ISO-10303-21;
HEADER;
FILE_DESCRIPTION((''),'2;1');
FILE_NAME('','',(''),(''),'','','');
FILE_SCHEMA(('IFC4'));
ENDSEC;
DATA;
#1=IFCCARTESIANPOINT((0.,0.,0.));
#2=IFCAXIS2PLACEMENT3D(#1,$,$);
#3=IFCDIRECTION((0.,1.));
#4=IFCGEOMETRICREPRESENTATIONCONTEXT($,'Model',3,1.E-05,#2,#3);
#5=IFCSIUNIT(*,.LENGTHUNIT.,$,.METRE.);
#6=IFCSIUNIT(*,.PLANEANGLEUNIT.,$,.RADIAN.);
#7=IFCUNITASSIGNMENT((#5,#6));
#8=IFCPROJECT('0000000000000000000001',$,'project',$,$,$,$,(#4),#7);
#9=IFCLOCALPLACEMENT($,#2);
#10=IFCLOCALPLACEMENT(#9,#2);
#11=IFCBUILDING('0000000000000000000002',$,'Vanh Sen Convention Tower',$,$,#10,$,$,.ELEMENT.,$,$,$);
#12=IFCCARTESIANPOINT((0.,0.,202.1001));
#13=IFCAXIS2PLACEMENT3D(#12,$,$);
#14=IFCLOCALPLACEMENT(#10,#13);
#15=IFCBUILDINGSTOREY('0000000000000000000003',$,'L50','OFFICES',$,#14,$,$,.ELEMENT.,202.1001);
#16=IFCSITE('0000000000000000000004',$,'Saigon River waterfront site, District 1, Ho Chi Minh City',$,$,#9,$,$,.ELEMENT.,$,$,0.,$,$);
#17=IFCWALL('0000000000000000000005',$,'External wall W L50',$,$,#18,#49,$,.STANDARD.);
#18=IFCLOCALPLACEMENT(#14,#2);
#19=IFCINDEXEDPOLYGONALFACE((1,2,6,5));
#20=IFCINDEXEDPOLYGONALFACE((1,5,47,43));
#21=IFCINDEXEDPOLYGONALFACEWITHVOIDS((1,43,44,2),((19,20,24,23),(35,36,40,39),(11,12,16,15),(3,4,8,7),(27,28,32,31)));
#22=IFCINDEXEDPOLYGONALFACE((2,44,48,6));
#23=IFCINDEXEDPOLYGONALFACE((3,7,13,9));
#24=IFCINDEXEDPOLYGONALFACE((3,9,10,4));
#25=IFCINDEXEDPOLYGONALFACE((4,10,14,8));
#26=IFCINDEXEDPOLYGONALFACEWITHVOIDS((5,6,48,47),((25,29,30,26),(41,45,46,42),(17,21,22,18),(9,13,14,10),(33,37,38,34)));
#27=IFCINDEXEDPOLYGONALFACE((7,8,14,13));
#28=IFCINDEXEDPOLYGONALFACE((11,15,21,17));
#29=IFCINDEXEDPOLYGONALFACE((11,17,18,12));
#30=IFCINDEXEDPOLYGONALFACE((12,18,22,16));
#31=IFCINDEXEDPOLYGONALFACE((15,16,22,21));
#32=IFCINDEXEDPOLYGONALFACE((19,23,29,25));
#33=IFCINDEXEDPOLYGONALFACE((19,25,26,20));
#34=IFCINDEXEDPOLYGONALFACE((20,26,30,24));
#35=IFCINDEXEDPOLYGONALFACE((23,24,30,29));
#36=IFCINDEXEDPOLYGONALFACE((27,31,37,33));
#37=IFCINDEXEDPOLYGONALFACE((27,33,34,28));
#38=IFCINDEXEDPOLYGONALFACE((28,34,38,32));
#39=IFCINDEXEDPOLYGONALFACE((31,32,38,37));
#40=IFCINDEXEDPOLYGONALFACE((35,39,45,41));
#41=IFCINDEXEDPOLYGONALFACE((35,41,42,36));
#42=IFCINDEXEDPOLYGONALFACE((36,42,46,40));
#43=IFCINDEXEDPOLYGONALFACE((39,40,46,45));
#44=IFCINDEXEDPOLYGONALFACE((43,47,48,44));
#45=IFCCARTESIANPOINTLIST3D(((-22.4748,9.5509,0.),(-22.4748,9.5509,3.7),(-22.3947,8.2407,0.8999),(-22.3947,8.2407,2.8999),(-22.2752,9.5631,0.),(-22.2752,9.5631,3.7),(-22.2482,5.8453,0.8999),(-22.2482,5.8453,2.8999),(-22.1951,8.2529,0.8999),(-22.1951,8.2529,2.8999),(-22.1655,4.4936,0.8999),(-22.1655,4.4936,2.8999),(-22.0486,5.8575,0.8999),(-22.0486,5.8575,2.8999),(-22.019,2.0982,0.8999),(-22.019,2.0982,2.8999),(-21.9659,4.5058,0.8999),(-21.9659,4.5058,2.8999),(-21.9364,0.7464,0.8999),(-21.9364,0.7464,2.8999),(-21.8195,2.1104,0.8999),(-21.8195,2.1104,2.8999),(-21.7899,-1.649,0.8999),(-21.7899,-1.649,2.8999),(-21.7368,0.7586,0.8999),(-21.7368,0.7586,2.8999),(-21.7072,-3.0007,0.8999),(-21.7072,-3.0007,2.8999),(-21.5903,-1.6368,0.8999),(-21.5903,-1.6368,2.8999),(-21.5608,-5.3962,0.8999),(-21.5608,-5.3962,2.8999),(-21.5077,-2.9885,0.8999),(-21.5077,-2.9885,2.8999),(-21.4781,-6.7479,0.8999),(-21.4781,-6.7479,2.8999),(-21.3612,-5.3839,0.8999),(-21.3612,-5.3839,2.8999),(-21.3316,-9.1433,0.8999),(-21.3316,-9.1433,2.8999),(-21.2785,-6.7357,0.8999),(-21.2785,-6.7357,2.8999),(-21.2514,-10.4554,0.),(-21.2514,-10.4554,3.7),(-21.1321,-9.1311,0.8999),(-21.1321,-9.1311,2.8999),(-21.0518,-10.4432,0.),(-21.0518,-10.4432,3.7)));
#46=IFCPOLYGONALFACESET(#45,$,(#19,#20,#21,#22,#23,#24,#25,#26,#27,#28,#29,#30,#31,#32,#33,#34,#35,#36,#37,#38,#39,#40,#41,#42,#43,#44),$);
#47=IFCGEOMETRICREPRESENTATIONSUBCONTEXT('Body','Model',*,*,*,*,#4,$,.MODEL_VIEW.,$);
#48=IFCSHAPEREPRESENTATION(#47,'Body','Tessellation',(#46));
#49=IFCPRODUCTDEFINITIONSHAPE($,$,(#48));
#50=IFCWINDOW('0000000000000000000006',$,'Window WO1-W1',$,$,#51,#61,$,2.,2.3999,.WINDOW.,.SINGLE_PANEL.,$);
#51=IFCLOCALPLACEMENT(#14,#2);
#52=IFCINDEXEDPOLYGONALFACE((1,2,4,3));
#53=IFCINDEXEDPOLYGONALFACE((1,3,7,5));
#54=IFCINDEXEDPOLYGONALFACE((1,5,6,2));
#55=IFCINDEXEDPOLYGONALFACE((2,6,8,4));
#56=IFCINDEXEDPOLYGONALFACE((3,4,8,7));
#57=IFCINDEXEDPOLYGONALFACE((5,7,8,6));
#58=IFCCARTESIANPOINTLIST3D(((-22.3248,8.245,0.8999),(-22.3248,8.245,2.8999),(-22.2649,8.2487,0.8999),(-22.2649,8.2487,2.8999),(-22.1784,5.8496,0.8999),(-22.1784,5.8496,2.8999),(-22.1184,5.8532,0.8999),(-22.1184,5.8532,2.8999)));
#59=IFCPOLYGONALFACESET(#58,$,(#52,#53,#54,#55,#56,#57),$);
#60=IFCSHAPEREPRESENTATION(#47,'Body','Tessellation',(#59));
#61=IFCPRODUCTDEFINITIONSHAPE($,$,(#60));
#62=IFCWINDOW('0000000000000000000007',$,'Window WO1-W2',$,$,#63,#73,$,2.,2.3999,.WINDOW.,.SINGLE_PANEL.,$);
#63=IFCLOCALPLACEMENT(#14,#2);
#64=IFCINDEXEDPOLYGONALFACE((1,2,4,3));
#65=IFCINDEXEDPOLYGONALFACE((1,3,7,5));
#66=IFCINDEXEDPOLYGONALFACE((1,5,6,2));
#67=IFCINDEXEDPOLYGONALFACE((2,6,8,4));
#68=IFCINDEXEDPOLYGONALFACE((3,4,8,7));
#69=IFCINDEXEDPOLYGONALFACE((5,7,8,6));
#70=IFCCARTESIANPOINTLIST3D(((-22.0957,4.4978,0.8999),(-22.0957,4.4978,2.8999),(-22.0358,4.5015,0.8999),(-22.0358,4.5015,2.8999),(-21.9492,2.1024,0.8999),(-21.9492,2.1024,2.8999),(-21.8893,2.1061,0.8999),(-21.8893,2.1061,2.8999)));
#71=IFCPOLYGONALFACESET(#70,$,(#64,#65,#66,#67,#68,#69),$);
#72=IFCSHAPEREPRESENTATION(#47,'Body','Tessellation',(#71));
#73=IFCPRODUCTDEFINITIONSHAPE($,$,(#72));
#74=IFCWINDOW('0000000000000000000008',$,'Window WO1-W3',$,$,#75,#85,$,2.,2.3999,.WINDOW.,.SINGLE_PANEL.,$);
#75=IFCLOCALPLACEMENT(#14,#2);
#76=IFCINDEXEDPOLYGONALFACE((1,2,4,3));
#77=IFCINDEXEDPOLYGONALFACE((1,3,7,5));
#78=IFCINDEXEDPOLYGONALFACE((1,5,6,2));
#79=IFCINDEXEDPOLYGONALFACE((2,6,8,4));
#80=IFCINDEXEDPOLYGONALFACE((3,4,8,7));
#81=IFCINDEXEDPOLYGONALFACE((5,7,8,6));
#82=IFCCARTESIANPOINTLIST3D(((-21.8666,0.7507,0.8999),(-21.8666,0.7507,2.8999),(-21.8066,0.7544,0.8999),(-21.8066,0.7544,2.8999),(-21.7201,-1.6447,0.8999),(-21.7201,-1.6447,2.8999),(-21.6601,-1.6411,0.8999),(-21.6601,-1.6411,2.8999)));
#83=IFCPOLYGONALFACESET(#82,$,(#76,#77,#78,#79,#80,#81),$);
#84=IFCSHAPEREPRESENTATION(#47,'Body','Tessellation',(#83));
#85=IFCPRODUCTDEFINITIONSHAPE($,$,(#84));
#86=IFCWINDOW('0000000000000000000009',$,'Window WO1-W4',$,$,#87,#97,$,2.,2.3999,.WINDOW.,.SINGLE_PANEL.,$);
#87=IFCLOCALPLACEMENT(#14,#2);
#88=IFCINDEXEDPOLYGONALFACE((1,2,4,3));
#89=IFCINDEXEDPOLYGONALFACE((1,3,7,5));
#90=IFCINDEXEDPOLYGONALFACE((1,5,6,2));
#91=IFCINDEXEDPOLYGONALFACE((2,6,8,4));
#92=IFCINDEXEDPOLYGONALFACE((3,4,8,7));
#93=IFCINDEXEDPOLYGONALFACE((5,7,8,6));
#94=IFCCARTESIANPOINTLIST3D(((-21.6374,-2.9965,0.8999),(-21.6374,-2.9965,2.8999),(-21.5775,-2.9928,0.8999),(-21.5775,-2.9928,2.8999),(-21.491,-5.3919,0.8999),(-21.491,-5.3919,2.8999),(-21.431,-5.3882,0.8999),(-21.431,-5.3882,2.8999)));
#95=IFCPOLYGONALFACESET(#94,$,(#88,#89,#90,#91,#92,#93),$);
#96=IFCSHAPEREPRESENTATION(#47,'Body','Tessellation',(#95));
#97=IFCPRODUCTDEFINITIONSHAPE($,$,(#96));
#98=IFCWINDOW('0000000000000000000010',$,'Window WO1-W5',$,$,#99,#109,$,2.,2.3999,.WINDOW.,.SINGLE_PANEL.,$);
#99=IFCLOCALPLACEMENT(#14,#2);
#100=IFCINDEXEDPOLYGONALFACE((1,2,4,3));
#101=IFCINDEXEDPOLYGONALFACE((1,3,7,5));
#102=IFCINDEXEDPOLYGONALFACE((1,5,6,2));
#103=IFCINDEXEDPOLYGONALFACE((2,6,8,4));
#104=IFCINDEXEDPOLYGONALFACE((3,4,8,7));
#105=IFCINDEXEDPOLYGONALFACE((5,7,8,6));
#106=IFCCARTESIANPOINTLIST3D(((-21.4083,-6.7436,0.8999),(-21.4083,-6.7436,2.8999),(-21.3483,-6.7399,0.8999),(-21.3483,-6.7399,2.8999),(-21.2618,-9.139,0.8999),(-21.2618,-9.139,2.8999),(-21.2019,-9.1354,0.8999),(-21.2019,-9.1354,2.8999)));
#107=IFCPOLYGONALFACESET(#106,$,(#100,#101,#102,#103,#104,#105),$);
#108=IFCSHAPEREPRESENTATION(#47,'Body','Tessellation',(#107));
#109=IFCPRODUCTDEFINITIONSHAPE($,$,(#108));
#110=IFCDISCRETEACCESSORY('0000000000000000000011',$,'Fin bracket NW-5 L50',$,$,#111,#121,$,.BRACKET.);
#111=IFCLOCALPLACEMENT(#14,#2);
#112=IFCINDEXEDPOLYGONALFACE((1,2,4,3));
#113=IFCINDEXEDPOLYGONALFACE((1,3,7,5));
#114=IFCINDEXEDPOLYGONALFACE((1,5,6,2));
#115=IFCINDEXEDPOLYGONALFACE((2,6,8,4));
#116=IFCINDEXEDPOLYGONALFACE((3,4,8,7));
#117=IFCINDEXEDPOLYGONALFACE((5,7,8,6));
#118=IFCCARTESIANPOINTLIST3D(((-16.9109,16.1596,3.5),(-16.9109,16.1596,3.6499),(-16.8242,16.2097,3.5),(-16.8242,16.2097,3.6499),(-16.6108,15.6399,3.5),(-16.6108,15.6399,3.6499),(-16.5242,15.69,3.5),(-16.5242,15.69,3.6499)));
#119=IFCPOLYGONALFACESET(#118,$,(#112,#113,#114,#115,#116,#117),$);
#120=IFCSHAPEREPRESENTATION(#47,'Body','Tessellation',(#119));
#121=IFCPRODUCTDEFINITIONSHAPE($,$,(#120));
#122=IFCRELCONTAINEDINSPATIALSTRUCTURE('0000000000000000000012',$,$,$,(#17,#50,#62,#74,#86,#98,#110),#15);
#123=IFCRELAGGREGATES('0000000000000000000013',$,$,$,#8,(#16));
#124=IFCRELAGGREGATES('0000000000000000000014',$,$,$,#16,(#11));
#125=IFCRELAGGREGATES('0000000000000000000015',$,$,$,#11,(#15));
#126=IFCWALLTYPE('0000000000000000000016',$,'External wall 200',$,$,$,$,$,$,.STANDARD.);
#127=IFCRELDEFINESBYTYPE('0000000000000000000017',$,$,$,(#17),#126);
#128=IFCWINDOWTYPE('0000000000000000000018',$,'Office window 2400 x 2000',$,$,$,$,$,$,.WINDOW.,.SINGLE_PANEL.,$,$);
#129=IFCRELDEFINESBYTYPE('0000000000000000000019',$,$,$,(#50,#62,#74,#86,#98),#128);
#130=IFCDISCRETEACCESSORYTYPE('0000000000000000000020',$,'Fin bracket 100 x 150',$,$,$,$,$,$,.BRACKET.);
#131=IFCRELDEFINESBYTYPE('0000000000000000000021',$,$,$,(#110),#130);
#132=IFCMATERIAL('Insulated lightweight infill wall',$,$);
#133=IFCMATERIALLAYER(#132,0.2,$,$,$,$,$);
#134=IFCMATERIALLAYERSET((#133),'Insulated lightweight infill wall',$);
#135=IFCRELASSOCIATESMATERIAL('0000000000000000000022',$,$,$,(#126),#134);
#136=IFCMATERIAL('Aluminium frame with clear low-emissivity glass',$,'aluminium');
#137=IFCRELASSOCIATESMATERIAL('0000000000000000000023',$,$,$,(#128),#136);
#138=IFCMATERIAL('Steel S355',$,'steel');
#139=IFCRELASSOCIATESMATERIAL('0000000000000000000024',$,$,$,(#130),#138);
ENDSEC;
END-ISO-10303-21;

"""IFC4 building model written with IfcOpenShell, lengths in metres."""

from ifc_helpers import new_model, si_unit, direction, frame, frame_2d, origin, origin_2d, place, context, subcontext, project, spatial, rectangle, extrude, material, layer, layer_set, type_object, element, fill, save


model = new_model("IFC4")

# Units and contexts
model_context = context("Model", 3, precision=1e-05, world=origin(), true_north=direction((0.0, 1.0)))
body_context = subcontext(model_context, "Body", "Model", "MODEL_VIEW")
ifc_project = project(units=[si_unit("LENGTHUNIT", "METRE"), si_unit("PLANEANGLEUNIT", "RADIAN")], contexts=[model_context])

# Site, building, storey
site_placement = place(None, origin())
site = spatial("IfcSite", under=ifc_project, at=site_placement, Name="Saigon River waterfront site, District 1, Ho Chi Minh City", CompositionType="ELEMENT", RefElevation=0.0)
building_placement = place(site_placement, origin())
building = spatial("IfcBuilding", under=site, at=building_placement, Name="Vanh Sen Convention Tower", CompositionType="ELEMENT")
storey_placement = place(building_placement, frame((0.0, 0.0, 202.1001)))
storey = spatial("IfcBuildingStorey", under=building, at=storey_placement, Name="L50", Description="OFFICES", CompositionType="ELEMENT", Elevation=202.1001)

# Shared definitions
ifc_material_1 = material(Name="Insulated lightweight infill wall")
ifc_layer_1 = layer(ifc_material_1, 0.2)
ifc_layer_set_1 = layer_set([ifc_layer_1], Name="Insulated lightweight infill wall")
wall_type_1 = type_object("IfcWallType", Name="External wall 200", PredefinedType="STANDARD", material=ifc_layer_set_1)
ifc_material_2 = material(Name="Aluminium frame with clear low-emissivity glass", Category="aluminium")

# Wall, openings, windows
wall_1_placement = place(storey_placement, frame((-22.375, 9.5571, 0.0), z_axis=(0.0, 0.0, 1.0), x_axis=(0.061036, -0.998136, 0.0)))
wall_1 = element("IfcWall", 1, at=wall_1_placement, inside=storey, type_object=wall_type_1, Name="External wall W L50", PredefinedType="STANDARD", context=body_context, shape_type="SweptSolid", body=[
    extrude(rectangle(XDim=20.0437, YDim=0.2, at=frame_2d((10.022, 0.0))), origin(), (0.0, 0.0, 1.0), 3.7),
])
opening_1_placement = place(wall_1_placement, frame((1.3127, 0.0, 0.8999)))
opening_1 = element("IfcOpeningElement", 2, at=opening_1_placement, cuts=wall_1, PredefinedType="OPENING", context=body_context, shape_type="SweptSolid", body=[
    extrude(rectangle(XDim=2.3999, YDim=2.0, at=frame_2d((1.2, 1.0))), frame((0.0, 0.1099, 0.0), z_axis=(0.0, -1.0, 0.0), x_axis=(1.0, 0.0, 0.0)), (0.0, 0.0, 1.0), 0.22),
])
opening_2_placement = place(wall_1_placement, frame((5.0669, 0.0, 0.8999)))
opening_2 = element("IfcOpeningElement", 3, at=opening_2_placement, cuts=wall_1, PredefinedType="OPENING", context=body_context, shape_type="SweptSolid", body=[
    extrude(rectangle(XDim=2.3999, YDim=2.0, at=frame_2d((1.2, 1.0))), frame((0.0, 0.1099, 0.0), z_axis=(0.0, -1.0, 0.0), x_axis=(1.0, 0.0, 0.0)), (0.0, 0.0, 1.0), 0.22),
])
opening_3_placement = place(wall_1_placement, frame((8.821, 0.0, 0.8999)))
opening_3 = element("IfcOpeningElement", 4, at=opening_3_placement, cuts=wall_1, PredefinedType="OPENING", context=body_context, shape_type="SweptSolid", body=[
    extrude(rectangle(XDim=2.3999, YDim=2.0, at=frame_2d((1.2, 1.0))), frame((0.0, 0.1099, 0.0), z_axis=(0.0, -1.0, 0.0), x_axis=(1.0, 0.0, 0.0)), (0.0, 0.0, 1.0), 0.22),
])
opening_4_placement = place(wall_1_placement, frame((12.5752, 0.0, 0.8999)))
opening_4 = element("IfcOpeningElement", 5, at=opening_4_placement, cuts=wall_1, PredefinedType="OPENING", context=body_context, shape_type="SweptSolid", body=[
    extrude(rectangle(XDim=2.3999, YDim=2.0, at=frame_2d((1.2, 1.0))), frame((0.0, 0.1099, 0.0), z_axis=(0.0, -1.0, 0.0), x_axis=(1.0, 0.0, 0.0)), (0.0, 0.0, 1.0), 0.22),
])
opening_5_placement = place(wall_1_placement, frame((16.3293, 0.0, 0.8999)))
opening_5 = element("IfcOpeningElement", 6, at=opening_5_placement, cuts=wall_1, PredefinedType="OPENING", context=body_context, shape_type="SweptSolid", body=[
    extrude(rectangle(XDim=2.3999, YDim=2.0, at=frame_2d((1.2, 1.0))), frame((0.0, 0.1099, 0.0), z_axis=(0.0, -1.0, 0.0), x_axis=(1.0, 0.0, 0.0)), (0.0, 0.0, 1.0), 0.22),
])
window_type_1 = type_object("IfcWindowType", Name="Office window 2400 x 2000", PartitioningType="SINGLE_PANEL", PredefinedType="WINDOW", material=ifc_material_2)
window_1_placement = place(opening_1_placement, origin())
window_1 = element("IfcWindow", 7, at=window_1_placement, inside=storey, type_object=window_type_1, Name="Window WO1-W1", OverallHeight=2.0, OverallWidth=2.3999, PartitioningType="SINGLE_PANEL", PredefinedType="WINDOW", context=body_context, shape_type="SweptSolid", body=[
    extrude(rectangle(XDim=2.3999, YDim=2.0, at=frame_2d((1.2, 1.0))), frame((0.0, 0.03, 0.0), z_axis=(0.0, -1.0, 0.0), x_axis=(1.0, 0.0, 0.0)), (0.0, 0.0, 1.0), 0.0601),
])
fill(opening_1, window_1)
window_2_placement = place(opening_2_placement, origin())
window_2 = element("IfcWindow", 8, at=window_2_placement, inside=storey, type_object=window_type_1, Name="Window WO1-W2", OverallHeight=2.0, OverallWidth=2.3999, PartitioningType="SINGLE_PANEL", PredefinedType="WINDOW", context=body_context, shape_type="SweptSolid", body=[
    extrude(rectangle(XDim=2.3999, YDim=2.0, at=frame_2d((1.2, 1.0))), frame((0.0, 0.03, 0.0), z_axis=(0.0, -1.0, 0.0), x_axis=(1.0, 0.0, 0.0)), (0.0, 0.0, 1.0), 0.0601),
])
fill(opening_2, window_2)
window_3_placement = place(opening_3_placement, origin())
window_3 = element("IfcWindow", 9, at=window_3_placement, inside=storey, type_object=window_type_1, Name="Window WO1-W3", OverallHeight=2.0, OverallWidth=2.3999, PartitioningType="SINGLE_PANEL", PredefinedType="WINDOW", context=body_context, shape_type="SweptSolid", body=[
    extrude(rectangle(XDim=2.3999, YDim=2.0, at=frame_2d((1.2, 1.0))), frame((0.0, 0.03, 0.0), z_axis=(0.0, -1.0, 0.0), x_axis=(1.0, 0.0, 0.0)), (0.0, 0.0, 1.0), 0.0601),
])
fill(opening_3, window_3)
window_4_placement = place(opening_4_placement, origin())
window_4 = element("IfcWindow", 10, at=window_4_placement, inside=storey, type_object=window_type_1, Name="Window WO1-W4", OverallHeight=2.0, OverallWidth=2.3999, PartitioningType="SINGLE_PANEL", PredefinedType="WINDOW", context=body_context, shape_type="SweptSolid", body=[
    extrude(rectangle(XDim=2.3999, YDim=2.0, at=frame_2d((1.2, 1.0))), frame((0.0, 0.03, 0.0), z_axis=(0.0, -1.0, 0.0), x_axis=(1.0, 0.0, 0.0)), (0.0, 0.0, 1.0), 0.0601),
])
fill(opening_4, window_4)
window_5_placement = place(opening_5_placement, origin())
window_5 = element("IfcWindow", 11, at=window_5_placement, inside=storey, type_object=window_type_1, Name="Window WO1-W5", OverallHeight=2.0, OverallWidth=2.3999, PartitioningType="SINGLE_PANEL", PredefinedType="WINDOW", context=body_context, shape_type="SweptSolid", body=[
    extrude(rectangle(XDim=2.3999, YDim=2.0, at=frame_2d((1.2, 1.0))), frame((0.0, 0.03, 0.0), z_axis=(0.0, -1.0, 0.0), x_axis=(1.0, 0.0, 0.0)), (0.0, 0.0, 1.0), 0.0601),
])
fill(opening_5, window_5)

# Discrete accessory
ifc_material_3 = material(Name="Steel S355", Category="steel")
discrete_accessory_type = type_object("IfcDiscreteAccessoryType", Name="Fin bracket 100 x 150", PredefinedType="BRACKET", material=ifc_material_3)
discrete_accessory_placement = place(storey_placement, frame((-16.7175, 15.9248, 3.5), z_axis=(0.0, 0.0, 1.0), x_axis=(-0.5, 0.866025, 0.0)))
element("IfcDiscreteAccessory", 12, at=discrete_accessory_placement, inside=storey, type_object=discrete_accessory_type, Name="Fin bracket NW-5 L50", PredefinedType="BRACKET", context=body_context, shape_type="SweptSolid", body=[
    extrude(rectangle(XDim=0.6001, YDim=0.1001, at=origin_2d()), origin(), (0.0, 0.0, 1.0), 0.1499),
])

save(model, "model.ifc")
